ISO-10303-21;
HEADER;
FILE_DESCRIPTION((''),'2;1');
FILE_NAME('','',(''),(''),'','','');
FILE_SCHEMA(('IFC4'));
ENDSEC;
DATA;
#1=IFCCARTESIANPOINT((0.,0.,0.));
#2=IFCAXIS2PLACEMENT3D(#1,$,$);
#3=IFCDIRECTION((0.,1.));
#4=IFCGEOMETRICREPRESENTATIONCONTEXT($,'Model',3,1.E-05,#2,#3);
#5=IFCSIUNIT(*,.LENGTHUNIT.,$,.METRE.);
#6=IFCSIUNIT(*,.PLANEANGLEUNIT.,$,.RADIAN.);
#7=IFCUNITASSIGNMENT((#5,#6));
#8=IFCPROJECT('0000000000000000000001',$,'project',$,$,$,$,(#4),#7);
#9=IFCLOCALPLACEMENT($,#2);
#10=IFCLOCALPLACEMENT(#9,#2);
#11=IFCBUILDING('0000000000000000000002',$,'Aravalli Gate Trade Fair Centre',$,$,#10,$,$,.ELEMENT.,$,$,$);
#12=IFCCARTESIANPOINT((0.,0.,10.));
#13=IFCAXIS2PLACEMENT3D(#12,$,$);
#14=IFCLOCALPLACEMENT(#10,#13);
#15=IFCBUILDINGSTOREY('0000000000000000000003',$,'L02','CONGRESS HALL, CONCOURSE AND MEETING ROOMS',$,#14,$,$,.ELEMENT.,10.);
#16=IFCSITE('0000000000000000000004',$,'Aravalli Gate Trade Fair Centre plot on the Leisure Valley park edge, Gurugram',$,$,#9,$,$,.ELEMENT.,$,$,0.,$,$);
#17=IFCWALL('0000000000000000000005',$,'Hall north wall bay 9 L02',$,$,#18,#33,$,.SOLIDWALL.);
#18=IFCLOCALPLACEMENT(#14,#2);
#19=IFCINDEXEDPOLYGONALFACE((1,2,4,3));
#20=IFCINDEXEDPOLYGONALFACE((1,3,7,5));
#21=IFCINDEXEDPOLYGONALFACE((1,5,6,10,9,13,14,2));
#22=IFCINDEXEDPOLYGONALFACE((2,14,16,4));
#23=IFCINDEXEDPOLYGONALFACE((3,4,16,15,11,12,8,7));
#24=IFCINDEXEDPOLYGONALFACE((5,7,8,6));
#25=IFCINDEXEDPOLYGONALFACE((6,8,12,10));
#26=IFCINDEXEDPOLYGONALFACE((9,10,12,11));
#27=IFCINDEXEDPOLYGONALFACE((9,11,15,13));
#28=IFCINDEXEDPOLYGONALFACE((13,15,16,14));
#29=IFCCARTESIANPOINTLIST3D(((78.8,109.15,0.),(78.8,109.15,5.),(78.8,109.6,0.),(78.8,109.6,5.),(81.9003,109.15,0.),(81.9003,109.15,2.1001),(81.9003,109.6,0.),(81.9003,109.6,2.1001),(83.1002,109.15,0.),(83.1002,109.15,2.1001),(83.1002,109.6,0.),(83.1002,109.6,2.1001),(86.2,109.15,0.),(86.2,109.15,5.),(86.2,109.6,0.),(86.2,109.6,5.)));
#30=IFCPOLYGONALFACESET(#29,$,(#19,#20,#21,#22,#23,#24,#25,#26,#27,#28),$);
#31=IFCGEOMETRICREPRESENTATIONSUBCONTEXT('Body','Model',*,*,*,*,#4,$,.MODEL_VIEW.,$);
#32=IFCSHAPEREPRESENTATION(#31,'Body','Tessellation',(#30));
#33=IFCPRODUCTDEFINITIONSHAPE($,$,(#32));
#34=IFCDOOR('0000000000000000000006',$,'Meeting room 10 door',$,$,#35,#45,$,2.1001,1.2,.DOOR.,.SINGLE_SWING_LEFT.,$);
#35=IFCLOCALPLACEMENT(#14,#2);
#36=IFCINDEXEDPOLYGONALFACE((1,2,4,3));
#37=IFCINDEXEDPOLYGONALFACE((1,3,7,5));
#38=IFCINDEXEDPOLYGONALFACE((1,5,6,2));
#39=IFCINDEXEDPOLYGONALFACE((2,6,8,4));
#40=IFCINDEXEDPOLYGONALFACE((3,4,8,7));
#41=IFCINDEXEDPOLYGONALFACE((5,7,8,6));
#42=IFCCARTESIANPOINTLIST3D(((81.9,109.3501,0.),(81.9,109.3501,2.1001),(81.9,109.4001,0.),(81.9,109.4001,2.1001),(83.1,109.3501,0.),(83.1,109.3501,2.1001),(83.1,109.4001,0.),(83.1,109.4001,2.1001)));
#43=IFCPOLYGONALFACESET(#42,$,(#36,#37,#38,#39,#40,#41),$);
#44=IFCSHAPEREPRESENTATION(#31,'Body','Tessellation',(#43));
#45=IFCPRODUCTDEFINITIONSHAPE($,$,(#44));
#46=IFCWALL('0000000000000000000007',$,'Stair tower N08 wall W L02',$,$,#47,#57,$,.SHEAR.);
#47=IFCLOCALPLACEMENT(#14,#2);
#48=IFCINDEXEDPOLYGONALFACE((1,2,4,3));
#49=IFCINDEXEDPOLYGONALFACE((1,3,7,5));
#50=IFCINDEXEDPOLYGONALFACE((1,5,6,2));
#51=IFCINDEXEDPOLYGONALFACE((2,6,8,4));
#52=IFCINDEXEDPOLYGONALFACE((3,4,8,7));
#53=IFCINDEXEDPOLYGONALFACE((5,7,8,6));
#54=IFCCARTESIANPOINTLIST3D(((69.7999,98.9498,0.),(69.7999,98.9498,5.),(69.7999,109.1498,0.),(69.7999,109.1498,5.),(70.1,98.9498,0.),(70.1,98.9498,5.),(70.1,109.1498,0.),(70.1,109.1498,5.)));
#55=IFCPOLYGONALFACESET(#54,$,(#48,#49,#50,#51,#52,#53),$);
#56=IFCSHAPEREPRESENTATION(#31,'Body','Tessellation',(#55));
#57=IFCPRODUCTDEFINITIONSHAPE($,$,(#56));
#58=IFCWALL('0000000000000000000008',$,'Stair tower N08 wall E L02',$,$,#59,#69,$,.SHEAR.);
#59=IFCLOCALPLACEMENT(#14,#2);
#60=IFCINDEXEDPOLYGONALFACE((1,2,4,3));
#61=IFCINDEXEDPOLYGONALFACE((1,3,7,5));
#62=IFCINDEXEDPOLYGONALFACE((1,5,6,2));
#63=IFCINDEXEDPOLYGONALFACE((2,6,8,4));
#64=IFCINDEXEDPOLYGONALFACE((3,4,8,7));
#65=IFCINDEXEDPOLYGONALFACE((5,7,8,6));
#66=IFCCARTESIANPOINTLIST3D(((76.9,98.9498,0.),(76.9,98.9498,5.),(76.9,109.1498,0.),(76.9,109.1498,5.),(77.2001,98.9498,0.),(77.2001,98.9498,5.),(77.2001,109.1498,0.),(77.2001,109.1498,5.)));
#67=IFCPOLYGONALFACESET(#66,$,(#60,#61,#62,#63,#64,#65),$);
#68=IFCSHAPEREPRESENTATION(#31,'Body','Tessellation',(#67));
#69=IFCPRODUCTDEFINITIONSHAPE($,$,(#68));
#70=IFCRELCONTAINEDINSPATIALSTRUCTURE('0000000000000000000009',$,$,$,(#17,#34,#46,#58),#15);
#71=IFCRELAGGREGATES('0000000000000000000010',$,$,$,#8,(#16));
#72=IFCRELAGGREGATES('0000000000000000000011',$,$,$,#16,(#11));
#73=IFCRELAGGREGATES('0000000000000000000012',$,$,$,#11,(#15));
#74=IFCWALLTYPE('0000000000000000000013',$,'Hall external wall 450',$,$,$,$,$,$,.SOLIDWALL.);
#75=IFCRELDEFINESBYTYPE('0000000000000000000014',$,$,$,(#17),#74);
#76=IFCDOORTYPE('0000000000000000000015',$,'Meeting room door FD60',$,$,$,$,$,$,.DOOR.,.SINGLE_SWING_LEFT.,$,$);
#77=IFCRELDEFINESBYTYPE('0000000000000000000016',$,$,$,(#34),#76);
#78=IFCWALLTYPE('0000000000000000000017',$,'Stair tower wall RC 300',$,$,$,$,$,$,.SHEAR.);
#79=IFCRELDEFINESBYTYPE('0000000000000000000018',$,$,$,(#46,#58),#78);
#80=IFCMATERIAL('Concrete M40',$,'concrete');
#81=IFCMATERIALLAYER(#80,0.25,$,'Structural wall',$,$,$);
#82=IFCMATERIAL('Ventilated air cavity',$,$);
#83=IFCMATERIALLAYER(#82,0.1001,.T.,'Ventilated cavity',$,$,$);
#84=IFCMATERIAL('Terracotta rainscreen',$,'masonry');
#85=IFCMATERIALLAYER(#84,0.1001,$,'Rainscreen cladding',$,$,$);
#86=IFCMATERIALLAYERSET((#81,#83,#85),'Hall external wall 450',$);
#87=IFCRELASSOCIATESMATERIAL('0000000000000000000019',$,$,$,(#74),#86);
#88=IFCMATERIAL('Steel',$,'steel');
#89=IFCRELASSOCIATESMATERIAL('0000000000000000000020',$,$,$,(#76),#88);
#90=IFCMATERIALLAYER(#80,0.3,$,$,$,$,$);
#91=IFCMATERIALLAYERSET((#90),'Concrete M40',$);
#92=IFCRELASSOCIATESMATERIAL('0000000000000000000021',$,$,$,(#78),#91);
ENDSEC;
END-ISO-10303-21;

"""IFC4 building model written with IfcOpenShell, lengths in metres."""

from ifc_helpers import new_model, si_unit, direction, frame, frame_2d, origin, place, context, subcontext, project, spatial, rectangle, extrude, material, layer, layer_set, type_object, element, fill, save


model = new_model("IFC4")

# Units and contexts
model_context = context("Model", 3, precision=1e-05, world=origin(), true_north=direction((0.0, 1.0)))
body_context = subcontext(model_context, "Body", "Model", "MODEL_VIEW")
ifc_project = project(units=[si_unit("LENGTHUNIT", "METRE"), si_unit("PLANEANGLEUNIT", "RADIAN")], contexts=[model_context])

# Site, building, storey
site_placement = place(None, origin())
site = spatial("IfcSite", under=ifc_project, at=site_placement, Name="Aravalli Gate Trade Fair Centre plot on the Leisure Valley park edge, Gurugram", CompositionType="ELEMENT", RefElevation=0.0)
building_placement = place(site_placement, origin())
building = spatial("IfcBuilding", under=site, at=building_placement, Name="Aravalli Gate Trade Fair Centre", CompositionType="ELEMENT")
storey_placement = place(building_placement, frame((0.0, 0.0, 10.0)))
storey = spatial("IfcBuildingStorey", under=building, at=storey_placement, Name="L02", Description="CONGRESS HALL, CONCOURSE AND MEETING ROOMS", CompositionType="ELEMENT", Elevation=10.0)

# Wall, opening, door
ifc_material_1 = material(Name="Concrete M40", Category="concrete")
ifc_layer_1 = layer(ifc_material_1, 0.25, Name="Structural wall")
ifc_material_2 = material(Name="Ventilated air cavity")
ifc_layer_2 = layer(ifc_material_2, 0.1001, ventilated=True, Name="Ventilated cavity")
ifc_material_3 = material(Name="Terracotta rainscreen", Category="masonry")
ifc_layer_3 = layer(ifc_material_3, 0.1001, Name="Rainscreen cladding")
ifc_layer_set_1 = layer_set([ifc_layer_1, ifc_layer_2, ifc_layer_3], Name="Hall external wall 450")
wall_type_1 = type_object("IfcWallType", Name="Hall external wall 450", PredefinedType="SOLIDWALL", material=ifc_layer_set_1)
ifc_material_4 = material(Name="Steel", Category="steel")
wall_1_placement = place(storey_placement, frame((78.8, 109.375, 0.0), z_axis=(0.0, 0.0, 1.0), x_axis=(1.0, 0.0, 0.0)))
wall_1 = element("IfcWall", 1, at=wall_1_placement, inside=storey, type_object=wall_type_1, Name="Hall north wall bay 9 L02", PredefinedType="SOLIDWALL", context=body_context, shape_type="SweptSolid", body=[
    extrude(rectangle(XDim=7.3999, YDim=0.45, at=frame_2d((3.7, 0.0))), origin(), (0.0, 0.0, 1.0), 5.0),
])
opening_1_placement = place(wall_1_placement, frame((3.1001, 0.0, 0.0)))
opening_1 = element("IfcOpeningElement", 2, at=opening_1_placement, cuts=wall_1, PredefinedType="OPENING", context=body_context, shape_type="SweptSolid", body=[
    extrude(rectangle(XDim=1.2, YDim=2.1001, at=frame_2d((0.6001, 1.05))), frame((0.0, 0.2349, 0.0), z_axis=(0.0, -1.0, 0.0), x_axis=(1.0, 0.0, 0.0)), (0.0, 0.0, 1.0), 0.47),
])
door_type_1 = type_object("IfcDoorType", Name="Meeting room door FD60", OperationType="SINGLE_SWING_LEFT", PredefinedType="DOOR", material=ifc_material_4)
door_1_placement = place(opening_1_placement, frame((1.2, 0.0, 0.0), z_axis=(0.0, 0.0, 1.0), x_axis=(-1.0, 0.0, 0.0)))
door_1 = element("IfcDoor", 3, at=door_1_placement, inside=storey, type_object=door_type_1, Name="Meeting room 10 door", OperationType="SINGLE_SWING_LEFT", OverallHeight=2.1001, OverallWidth=1.2, PredefinedType="DOOR", context=body_context, shape_type="SweptSolid", body=[
    extrude(rectangle(XDim=1.2, YDim=2.1001, at=frame_2d((0.6001, 1.05))), frame((0.0, 0.0249, 0.0), z_axis=(0.0, -1.0, 0.0), x_axis=(1.0, 0.0, 0.0)), (0.0, 0.0, 1.0), 0.05),
])
fill(opening_1, door_1)

# Walls
ifc_layer_4 = layer(ifc_material_1, 0.3)
ifc_layer_set_2 = layer_set([ifc_layer_4], Name="Concrete M40")
wall_type_2 = type_object("IfcWallType", Name="Stair tower wall RC 300", PredefinedType="SHEAR", material=ifc_layer_set_2)
for number, where, z_axis, x_axis, name in (
    (4, (69.95, 109.1499, 0.0), (0.0, 0.0, 1.0), (0.0, -1.0, 0.0), "Stair tower N08 wall W L02"),
    (5, (77.05, 109.1499, 0.0), (0.0, 0.0, 1.0), (0.0, -1.0, 0.0), "Stair tower N08 wall E L02"),
):
    element("IfcWall", number, at=place(storey_placement, frame(where, z_axis=z_axis, x_axis=x_axis)), inside=storey, type_object=wall_type_2, Name=name, PredefinedType="SHEAR", context=body_context, shape_type="SweptSolid", body=[
        extrude(rectangle(XDim=10.2, YDim=0.3, at=frame_2d((5.1001, 0.0))), origin(), (0.0, 0.0, 1.0), 5.0),
    ])

save(model, "model.ifc")
